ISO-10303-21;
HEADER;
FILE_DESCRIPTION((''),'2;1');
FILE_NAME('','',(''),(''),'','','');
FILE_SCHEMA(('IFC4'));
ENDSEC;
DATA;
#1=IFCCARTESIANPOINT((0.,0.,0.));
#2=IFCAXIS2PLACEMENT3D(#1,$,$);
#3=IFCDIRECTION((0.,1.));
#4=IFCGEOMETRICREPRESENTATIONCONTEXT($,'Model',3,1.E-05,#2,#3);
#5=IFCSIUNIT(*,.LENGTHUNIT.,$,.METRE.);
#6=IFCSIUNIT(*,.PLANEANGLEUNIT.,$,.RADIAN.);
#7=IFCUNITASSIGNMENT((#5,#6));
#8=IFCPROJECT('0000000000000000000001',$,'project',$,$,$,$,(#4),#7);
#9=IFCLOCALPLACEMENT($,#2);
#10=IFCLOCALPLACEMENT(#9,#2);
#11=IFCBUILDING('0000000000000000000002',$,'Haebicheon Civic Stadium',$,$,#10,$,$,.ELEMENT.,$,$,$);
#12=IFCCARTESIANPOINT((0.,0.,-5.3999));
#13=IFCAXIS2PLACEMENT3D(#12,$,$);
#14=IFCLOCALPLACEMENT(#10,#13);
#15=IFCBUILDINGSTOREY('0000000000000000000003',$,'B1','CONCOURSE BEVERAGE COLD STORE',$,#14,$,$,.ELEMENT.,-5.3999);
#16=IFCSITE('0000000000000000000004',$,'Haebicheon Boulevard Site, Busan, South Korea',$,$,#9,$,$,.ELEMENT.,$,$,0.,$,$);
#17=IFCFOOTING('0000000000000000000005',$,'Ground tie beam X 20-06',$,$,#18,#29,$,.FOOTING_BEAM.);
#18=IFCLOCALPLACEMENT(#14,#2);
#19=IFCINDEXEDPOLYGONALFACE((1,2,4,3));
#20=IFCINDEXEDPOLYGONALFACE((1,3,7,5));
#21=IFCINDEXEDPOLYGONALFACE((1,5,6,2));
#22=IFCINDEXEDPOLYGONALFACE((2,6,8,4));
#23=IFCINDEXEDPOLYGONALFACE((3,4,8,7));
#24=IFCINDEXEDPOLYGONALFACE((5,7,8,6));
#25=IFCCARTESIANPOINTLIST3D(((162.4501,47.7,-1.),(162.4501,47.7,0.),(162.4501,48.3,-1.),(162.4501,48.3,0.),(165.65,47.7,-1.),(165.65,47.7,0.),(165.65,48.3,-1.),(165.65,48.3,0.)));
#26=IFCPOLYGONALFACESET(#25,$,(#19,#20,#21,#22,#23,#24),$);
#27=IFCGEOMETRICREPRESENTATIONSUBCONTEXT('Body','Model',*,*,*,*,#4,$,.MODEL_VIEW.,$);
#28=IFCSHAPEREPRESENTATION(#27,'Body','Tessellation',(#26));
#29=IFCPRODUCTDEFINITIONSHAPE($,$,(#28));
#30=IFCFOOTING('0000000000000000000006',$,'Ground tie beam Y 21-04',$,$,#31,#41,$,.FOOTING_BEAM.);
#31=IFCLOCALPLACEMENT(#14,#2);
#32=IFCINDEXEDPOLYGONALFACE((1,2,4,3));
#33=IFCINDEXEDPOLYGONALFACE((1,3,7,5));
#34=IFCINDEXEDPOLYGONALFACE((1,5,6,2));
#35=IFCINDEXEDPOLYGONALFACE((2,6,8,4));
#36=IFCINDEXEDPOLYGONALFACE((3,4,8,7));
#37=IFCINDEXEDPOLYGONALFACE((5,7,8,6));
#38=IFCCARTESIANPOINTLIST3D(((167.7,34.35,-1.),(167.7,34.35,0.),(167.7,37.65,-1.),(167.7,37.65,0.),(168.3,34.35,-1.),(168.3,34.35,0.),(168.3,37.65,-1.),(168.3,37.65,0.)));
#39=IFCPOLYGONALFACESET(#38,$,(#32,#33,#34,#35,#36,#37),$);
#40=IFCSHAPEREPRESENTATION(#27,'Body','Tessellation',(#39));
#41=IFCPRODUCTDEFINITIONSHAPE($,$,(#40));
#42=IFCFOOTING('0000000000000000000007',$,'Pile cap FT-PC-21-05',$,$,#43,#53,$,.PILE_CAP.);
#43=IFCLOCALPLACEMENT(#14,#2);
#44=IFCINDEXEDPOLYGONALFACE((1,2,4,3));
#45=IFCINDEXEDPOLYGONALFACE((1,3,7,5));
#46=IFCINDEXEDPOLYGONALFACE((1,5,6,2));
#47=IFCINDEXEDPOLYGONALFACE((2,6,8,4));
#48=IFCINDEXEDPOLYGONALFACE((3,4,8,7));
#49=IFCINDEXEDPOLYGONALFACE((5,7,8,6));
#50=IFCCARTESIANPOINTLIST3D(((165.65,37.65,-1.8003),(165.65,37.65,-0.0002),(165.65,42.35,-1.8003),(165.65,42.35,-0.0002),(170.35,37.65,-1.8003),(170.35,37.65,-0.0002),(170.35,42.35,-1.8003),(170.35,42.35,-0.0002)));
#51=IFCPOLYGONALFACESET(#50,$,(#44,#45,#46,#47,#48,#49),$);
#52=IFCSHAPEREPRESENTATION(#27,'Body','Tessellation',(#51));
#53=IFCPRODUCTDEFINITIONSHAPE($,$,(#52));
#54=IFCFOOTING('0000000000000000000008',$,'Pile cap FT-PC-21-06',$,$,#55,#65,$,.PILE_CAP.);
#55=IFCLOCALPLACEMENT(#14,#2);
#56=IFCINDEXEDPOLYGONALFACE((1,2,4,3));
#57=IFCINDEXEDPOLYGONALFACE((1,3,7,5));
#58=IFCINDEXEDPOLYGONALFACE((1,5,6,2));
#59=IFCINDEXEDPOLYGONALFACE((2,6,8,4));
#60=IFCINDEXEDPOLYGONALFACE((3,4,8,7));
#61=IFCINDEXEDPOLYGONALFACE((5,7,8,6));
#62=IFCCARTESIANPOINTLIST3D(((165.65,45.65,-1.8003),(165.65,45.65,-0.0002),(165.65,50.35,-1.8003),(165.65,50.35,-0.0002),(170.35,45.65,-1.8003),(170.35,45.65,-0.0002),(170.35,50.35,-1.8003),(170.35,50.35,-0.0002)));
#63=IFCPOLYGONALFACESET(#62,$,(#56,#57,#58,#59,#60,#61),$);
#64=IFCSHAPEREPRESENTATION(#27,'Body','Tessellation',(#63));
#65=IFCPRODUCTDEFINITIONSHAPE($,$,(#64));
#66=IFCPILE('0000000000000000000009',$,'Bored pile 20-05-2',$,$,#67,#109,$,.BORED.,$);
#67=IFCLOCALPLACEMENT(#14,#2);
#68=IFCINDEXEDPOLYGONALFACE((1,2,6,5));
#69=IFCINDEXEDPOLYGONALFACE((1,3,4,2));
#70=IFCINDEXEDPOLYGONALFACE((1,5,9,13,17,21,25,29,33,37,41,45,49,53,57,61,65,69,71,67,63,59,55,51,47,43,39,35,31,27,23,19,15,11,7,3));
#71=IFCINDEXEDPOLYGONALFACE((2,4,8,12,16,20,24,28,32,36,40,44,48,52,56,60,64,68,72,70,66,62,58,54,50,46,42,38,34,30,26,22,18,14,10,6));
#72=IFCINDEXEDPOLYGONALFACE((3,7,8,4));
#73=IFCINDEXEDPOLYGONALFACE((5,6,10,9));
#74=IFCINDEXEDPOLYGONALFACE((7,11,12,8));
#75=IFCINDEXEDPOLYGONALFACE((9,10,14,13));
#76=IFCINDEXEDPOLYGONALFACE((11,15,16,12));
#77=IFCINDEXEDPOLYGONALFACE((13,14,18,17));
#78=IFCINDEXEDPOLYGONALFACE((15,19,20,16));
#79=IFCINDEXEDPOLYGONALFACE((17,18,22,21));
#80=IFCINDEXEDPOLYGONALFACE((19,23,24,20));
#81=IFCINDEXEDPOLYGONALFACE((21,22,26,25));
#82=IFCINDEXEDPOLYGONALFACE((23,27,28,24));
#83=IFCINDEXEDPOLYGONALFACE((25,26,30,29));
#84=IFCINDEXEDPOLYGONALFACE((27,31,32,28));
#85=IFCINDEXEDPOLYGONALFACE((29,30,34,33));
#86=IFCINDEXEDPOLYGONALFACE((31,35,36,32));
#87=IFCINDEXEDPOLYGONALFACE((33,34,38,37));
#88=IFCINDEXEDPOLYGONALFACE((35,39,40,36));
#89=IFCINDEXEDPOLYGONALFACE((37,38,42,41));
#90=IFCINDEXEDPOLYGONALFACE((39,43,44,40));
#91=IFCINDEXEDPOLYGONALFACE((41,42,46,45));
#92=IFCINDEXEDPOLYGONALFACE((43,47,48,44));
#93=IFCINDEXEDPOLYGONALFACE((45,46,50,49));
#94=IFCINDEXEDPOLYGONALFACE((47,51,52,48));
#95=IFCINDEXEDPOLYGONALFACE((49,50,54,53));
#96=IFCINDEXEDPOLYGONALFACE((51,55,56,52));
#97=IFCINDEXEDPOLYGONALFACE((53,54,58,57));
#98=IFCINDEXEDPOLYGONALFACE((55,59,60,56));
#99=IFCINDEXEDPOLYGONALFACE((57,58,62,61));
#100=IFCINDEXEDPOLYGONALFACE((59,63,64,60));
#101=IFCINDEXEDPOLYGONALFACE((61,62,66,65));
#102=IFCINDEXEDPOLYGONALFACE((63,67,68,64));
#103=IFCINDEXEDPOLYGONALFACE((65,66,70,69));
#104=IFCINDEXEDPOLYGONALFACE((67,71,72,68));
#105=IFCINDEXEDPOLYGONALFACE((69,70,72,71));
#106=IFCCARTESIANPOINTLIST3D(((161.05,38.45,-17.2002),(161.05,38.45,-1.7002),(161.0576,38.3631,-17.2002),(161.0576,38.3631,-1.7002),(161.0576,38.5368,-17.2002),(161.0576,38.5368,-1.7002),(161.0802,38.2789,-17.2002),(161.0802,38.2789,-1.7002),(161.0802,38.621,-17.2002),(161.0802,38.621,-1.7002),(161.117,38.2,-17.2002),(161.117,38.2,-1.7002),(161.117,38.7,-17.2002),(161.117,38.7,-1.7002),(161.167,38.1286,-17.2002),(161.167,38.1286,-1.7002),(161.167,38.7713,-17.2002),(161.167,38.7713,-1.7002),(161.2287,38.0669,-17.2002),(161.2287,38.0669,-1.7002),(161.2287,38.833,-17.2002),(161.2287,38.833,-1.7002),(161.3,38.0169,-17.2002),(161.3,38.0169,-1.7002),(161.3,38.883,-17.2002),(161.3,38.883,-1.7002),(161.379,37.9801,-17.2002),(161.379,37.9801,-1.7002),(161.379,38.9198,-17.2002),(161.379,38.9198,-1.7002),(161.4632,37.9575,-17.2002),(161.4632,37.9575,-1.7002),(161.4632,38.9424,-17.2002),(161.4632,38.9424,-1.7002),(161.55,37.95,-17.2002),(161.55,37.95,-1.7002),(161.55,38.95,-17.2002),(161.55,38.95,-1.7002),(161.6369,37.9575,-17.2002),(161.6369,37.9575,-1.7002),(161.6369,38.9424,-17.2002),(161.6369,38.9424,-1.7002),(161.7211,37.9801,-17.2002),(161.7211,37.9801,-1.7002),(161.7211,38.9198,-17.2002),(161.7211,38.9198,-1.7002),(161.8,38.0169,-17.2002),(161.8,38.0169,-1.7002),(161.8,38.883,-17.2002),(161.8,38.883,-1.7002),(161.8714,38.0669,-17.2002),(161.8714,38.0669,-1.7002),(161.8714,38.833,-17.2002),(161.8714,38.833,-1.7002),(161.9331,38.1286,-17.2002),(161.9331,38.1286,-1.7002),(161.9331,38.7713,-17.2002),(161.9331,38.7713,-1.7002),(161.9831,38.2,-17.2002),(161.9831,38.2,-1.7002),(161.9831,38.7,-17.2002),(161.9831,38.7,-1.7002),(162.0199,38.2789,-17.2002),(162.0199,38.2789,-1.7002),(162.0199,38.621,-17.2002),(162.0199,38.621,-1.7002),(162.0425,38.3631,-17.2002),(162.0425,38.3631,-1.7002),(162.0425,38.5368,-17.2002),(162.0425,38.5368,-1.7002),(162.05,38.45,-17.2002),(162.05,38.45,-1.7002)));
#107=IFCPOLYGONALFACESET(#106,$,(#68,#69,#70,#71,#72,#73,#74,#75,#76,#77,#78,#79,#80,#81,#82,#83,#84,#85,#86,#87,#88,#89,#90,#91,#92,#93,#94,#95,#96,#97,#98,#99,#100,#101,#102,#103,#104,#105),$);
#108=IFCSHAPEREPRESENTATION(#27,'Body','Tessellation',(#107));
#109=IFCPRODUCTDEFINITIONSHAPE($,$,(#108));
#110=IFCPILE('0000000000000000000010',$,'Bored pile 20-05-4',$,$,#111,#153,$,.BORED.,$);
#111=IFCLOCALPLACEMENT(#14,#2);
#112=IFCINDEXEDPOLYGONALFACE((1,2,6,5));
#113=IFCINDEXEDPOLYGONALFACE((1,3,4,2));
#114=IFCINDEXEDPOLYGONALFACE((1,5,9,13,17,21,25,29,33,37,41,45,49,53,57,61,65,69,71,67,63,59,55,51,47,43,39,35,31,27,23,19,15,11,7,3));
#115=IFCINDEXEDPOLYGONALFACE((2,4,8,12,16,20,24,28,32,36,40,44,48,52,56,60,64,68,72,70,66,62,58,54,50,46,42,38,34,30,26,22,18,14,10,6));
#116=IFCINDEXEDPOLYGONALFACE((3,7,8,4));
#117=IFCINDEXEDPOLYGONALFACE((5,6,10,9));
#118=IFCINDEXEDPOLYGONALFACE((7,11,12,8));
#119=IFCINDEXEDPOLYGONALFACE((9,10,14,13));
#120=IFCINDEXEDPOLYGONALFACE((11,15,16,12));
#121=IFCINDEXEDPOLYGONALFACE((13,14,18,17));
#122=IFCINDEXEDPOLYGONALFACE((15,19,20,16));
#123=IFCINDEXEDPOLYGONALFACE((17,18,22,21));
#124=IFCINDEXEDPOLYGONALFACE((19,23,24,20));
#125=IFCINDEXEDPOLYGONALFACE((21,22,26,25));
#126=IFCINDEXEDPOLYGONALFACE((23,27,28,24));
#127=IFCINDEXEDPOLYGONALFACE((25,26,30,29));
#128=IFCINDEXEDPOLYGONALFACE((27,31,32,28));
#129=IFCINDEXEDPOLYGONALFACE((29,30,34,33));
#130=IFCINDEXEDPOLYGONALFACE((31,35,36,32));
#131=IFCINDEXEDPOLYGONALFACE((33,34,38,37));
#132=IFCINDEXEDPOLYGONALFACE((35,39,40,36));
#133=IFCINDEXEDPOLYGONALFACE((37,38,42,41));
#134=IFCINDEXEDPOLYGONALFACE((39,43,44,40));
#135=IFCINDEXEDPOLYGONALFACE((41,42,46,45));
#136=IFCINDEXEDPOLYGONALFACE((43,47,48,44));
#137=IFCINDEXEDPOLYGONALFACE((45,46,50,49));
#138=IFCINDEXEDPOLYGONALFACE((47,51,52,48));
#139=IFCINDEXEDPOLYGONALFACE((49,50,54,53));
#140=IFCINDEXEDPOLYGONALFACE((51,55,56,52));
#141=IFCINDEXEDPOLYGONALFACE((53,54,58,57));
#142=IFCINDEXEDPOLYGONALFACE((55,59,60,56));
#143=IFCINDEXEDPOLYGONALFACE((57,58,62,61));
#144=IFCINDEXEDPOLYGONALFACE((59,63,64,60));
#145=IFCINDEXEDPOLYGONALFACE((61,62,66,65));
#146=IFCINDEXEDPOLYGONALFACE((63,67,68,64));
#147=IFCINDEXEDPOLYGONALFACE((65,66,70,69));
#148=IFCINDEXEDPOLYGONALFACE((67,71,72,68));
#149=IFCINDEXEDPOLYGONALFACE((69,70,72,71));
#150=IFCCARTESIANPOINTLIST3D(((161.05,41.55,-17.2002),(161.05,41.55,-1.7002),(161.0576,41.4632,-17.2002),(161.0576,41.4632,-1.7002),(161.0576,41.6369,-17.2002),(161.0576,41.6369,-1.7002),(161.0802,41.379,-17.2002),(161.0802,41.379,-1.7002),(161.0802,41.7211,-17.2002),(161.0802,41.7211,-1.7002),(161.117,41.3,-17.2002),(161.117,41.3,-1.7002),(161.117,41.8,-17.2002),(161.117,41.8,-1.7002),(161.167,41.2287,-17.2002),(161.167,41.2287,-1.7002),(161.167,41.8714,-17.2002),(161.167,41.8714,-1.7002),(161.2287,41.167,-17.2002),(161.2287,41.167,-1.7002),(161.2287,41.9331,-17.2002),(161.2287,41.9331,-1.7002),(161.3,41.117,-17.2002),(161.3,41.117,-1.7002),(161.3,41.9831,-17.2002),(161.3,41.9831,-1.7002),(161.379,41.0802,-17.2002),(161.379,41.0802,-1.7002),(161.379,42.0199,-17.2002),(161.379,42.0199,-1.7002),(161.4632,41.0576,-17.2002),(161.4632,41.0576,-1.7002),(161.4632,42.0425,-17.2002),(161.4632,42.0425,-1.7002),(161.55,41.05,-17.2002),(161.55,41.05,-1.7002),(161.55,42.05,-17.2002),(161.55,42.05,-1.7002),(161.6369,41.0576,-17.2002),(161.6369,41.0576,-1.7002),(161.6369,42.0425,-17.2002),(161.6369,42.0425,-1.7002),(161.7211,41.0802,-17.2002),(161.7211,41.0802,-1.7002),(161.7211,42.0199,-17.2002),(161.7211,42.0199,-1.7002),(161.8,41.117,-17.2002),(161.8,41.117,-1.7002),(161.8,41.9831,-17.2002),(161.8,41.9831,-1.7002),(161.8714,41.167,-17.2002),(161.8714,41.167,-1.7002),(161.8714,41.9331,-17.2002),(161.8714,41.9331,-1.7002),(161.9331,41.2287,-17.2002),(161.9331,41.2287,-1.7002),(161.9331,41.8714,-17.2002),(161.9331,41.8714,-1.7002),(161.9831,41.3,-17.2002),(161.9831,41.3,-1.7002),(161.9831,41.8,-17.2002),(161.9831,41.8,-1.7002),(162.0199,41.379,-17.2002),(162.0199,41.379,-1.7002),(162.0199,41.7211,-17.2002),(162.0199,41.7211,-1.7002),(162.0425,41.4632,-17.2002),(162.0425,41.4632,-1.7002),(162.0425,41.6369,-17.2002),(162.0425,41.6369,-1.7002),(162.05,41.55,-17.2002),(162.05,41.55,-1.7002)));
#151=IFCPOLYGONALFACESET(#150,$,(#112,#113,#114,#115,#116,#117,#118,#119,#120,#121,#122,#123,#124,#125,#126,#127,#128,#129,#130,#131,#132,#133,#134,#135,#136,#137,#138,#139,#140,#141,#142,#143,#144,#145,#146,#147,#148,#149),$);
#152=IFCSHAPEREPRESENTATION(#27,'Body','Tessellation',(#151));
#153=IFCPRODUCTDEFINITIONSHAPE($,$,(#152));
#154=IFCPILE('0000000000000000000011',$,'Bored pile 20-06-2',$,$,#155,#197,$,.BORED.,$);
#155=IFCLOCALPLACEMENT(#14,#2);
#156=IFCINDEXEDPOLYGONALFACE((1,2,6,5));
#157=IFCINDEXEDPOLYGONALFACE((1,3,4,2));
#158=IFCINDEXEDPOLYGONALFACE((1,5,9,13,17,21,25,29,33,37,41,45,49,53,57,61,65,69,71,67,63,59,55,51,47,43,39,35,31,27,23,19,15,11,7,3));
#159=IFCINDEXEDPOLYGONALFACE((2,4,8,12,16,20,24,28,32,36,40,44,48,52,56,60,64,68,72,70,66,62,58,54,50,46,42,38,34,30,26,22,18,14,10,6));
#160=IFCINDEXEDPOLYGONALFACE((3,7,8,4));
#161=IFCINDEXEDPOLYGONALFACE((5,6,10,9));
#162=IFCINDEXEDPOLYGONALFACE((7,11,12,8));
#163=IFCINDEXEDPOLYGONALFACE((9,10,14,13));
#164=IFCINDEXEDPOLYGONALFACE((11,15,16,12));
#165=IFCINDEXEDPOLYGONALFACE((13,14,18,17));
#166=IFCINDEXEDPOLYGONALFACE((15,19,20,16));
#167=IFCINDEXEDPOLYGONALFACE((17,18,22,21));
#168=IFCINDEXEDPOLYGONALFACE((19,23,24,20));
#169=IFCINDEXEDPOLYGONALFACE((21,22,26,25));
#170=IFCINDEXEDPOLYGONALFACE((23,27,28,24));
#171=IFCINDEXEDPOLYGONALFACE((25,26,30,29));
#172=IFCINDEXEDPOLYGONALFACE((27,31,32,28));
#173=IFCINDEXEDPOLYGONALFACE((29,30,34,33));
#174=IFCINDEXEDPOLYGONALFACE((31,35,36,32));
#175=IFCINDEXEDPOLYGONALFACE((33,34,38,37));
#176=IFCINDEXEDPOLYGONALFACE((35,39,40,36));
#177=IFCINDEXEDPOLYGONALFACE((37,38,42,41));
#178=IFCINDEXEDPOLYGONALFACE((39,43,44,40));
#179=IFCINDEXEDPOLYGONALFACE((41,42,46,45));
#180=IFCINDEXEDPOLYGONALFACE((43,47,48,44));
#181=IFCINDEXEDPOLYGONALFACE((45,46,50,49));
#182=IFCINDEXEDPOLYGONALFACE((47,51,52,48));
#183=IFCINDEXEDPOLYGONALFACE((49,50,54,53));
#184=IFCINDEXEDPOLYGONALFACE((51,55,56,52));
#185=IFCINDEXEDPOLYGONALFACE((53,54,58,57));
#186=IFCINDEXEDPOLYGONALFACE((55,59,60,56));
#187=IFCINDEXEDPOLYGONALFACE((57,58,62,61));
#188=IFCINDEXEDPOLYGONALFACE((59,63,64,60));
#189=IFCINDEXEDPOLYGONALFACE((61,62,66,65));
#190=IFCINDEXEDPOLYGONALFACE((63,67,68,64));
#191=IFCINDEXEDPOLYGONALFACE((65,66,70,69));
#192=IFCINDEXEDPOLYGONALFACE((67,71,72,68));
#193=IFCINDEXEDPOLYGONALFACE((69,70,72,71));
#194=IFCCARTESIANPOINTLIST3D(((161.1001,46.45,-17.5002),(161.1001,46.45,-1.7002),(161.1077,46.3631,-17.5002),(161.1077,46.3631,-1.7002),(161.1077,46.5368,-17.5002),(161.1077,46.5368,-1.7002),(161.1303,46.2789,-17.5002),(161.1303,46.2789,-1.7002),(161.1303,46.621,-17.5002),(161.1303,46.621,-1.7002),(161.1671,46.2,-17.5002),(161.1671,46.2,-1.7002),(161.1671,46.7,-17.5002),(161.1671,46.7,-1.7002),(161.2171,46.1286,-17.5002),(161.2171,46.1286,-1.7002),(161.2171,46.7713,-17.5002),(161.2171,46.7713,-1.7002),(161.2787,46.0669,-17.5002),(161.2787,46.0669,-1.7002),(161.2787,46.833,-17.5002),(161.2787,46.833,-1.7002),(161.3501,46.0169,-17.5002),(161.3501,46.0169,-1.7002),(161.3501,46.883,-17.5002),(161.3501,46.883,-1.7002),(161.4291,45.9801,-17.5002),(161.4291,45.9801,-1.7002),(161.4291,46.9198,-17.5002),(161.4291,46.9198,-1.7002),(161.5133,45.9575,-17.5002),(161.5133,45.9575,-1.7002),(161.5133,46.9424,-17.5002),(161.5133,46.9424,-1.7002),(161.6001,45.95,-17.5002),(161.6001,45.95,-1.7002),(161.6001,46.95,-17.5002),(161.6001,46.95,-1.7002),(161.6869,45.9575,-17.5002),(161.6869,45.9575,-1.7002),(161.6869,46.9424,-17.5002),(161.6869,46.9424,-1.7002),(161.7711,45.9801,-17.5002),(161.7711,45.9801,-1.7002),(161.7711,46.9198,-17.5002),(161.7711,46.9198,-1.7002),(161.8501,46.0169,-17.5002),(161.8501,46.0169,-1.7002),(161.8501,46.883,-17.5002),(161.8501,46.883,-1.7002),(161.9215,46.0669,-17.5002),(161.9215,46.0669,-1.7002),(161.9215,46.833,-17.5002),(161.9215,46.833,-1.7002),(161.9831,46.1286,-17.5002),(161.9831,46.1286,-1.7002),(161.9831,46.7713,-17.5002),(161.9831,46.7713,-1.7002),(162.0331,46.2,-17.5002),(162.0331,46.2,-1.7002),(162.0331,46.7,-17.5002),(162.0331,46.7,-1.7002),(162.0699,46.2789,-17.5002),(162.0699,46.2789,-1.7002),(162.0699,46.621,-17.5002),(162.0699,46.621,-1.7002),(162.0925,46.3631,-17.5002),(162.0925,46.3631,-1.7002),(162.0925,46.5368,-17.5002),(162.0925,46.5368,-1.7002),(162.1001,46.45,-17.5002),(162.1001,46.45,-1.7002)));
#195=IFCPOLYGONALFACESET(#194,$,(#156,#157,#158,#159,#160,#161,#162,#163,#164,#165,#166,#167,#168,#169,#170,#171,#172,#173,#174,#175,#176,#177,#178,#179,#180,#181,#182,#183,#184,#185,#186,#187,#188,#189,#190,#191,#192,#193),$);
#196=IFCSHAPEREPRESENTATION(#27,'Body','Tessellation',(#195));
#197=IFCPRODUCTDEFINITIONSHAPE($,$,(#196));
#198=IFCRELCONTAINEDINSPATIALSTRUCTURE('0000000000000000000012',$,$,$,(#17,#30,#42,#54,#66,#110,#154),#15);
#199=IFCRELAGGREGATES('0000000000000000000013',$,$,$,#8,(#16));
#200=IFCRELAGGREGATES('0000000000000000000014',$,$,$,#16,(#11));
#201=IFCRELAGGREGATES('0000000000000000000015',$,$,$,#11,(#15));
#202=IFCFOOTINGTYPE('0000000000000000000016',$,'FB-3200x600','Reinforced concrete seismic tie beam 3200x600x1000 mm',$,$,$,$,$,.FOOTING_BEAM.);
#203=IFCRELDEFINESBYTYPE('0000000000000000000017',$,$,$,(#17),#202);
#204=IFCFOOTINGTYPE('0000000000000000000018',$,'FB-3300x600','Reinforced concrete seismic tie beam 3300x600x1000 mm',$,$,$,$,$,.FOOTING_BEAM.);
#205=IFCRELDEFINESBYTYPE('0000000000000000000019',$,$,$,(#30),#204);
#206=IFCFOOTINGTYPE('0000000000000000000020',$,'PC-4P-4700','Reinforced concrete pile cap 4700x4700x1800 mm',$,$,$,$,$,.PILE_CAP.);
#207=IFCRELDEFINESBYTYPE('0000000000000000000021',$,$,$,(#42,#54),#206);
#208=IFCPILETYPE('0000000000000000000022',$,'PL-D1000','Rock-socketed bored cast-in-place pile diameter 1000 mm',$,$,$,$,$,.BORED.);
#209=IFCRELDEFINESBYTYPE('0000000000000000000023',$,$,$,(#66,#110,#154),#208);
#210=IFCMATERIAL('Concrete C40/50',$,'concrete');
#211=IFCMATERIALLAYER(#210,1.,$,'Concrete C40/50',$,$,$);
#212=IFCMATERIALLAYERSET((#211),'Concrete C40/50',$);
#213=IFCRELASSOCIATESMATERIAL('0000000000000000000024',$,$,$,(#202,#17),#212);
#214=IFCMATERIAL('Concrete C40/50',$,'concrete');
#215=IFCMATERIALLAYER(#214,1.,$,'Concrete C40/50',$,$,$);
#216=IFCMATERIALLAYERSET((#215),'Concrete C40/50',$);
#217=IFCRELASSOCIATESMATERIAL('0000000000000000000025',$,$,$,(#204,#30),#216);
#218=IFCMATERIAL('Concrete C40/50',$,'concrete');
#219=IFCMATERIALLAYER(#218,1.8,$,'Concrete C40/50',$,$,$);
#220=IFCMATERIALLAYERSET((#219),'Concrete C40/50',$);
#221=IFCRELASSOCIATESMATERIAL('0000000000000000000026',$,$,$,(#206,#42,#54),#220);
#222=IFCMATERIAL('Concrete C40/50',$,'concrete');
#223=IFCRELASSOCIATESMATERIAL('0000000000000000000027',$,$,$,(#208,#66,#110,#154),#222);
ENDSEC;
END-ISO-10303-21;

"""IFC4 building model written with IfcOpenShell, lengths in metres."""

from ifc_helpers import new_model, si_unit, direction, frame, origin, origin_2d, place, context, subcontext, project, spatial, rectangle, circle, extrude, material, layer, layer_set, material_profile, profile_set, type_object, element, save


model = new_model("IFC4")

# Units and contexts
model_context = context("Model", 3, precision=1e-05, world=origin(), true_north=direction((0.0, 1.0)))
body_context = subcontext(model_context, "Body", "Model", "MODEL_VIEW")
ifc_project = project(units=[si_unit("LENGTHUNIT", "METRE"), si_unit("PLANEANGLEUNIT", "RADIAN")], contexts=[model_context])

# Site, building, storey
site_placement = place(None, origin())
site = spatial("IfcSite", under=ifc_project, at=site_placement, Name="Haebicheon Boulevard Site, Busan, South Korea", CompositionType="ELEMENT", RefElevation=0.0)
building_placement = place(site_placement, origin())
building = spatial("IfcBuilding", under=site, at=building_placement, Name="Haebicheon Civic Stadium", CompositionType="ELEMENT")
storey_placement = place(building_placement, frame((0.0, 0.0, -5.3999)))
storey = spatial("IfcBuildingStorey", under=building, at=storey_placement, Name="B1", Description="CONCOURSE BEVERAGE COLD STORE", CompositionType="ELEMENT", Elevation=-5.3999)

# Footings
ifc_material_1 = material(Name="Concrete C40/50", Category="concrete")
ifc_layer_1 = layer(ifc_material_1, 1.0, Name="Concrete C40/50")
ifc_layer_set_1 = layer_set([ifc_layer_1], Name="Concrete C40/50")
footing_type_1 = type_object("IfcFootingType", Name="FB-3200x600", Description="Reinforced concrete seismic tie beam 3200x600x1000 mm", PredefinedType="FOOTING_BEAM", material=ifc_layer_set_1)
footing_1_placement = place(storey_placement, frame((164.05, 48.0, -1.0), z_axis=(0.0, 0.0, 1.0), x_axis=(1.0, 0.0, 0.0)))
element("IfcFooting", 1, at=footing_1_placement, inside=storey, type_object=footing_type_1, material=ifc_layer_set_1, Name="Ground tie beam X 20-06", PredefinedType="FOOTING_BEAM", context=body_context, shape_type="SweptSolid", body=[
    extrude(rectangle(XDim=3.2, YDim=0.6001, at=origin_2d()), origin(), (0.0, 0.0, 1.0), 1.0),
])
ifc_material_2 = material(Name="Concrete C40/50", Category="concrete")
ifc_layer_2 = layer(ifc_material_2, 1.0, Name="Concrete C40/50")
ifc_layer_set_2 = layer_set([ifc_layer_2], Name="Concrete C40/50")
footing_type_2 = type_object("IfcFootingType", Name="FB-3300x600", Description="Reinforced concrete seismic tie beam 3300x600x1000 mm", PredefinedType="FOOTING_BEAM", material=ifc_layer_set_2)
footing_2_placement = place(storey_placement, frame((168.0, 36.0, -1.0), z_axis=(0.0, 0.0, 1.0), x_axis=(0.0, 1.0, 0.0)))
element("IfcFooting", 2, at=footing_2_placement, inside=storey, type_object=footing_type_2, material=ifc_layer_set_2, Name="Ground tie beam Y 21-04", PredefinedType="FOOTING_BEAM", context=body_context, shape_type="SweptSolid", body=[
    extrude(rectangle(XDim=3.3, YDim=0.6001, at=origin_2d()), origin(), (0.0, 0.0, 1.0), 1.0),
])
ifc_material_3 = material(Name="Concrete C40/50", Category="concrete")
ifc_layer_3 = layer(ifc_material_3, 1.8, Name="Concrete C40/50")
ifc_layer_set_3 = layer_set([ifc_layer_3], Name="Concrete C40/50")
footing_type_3 = type_object("IfcFootingType", Name="PC-4P-4700", Description="Reinforced concrete pile cap 4700x4700x1800 mm", PredefinedType="PILE_CAP", material=ifc_layer_set_3)
for number, where, z_axis, x_axis, name in (
    (3, (168.0, 40.0, -1.8003), (0.0, 0.0, 1.0), (1.0, 0.0, 0.0), "Pile cap FT-PC-21-05"),
    (4, (168.0, 48.0, -1.8003), (0.0, 0.0, 1.0), (1.0, 0.0, 0.0), "Pile cap FT-PC-21-06"),
):
    element("IfcFooting", number, at=place(storey_placement, frame(where, z_axis=z_axis, x_axis=x_axis)), inside=storey, type_object=footing_type_3, material=ifc_layer_set_3, Name=name, PredefinedType="PILE_CAP", context=body_context, shape_type="SweptSolid", body=[
        extrude(rectangle(XDim=4.7, YDim=4.7, at=origin_2d()), origin(), (0.0, 0.0, 1.0), 1.8),
    ])

# Piles
ifc_material_4 = material(Name="Concrete C40/50", Category="concrete")
ifc_material_profile_1 = material_profile(ifc_material_4, circle(Radius=0.5, at=origin_2d()), Name="PILE-D1000")
ifc_profile_set_1 = profile_set([ifc_material_profile_1], Name="Concrete C40/50")
pile_type = type_object("IfcPileType", Name="PL-D1000", Description="Rock-socketed bored cast-in-place pile diameter 1000 mm", PredefinedType="BORED", material=ifc_profile_set_1)
for number, where, z_axis, x_axis, name in (
    (5, (161.55, 38.45, -1.7002), (0.0, 0.0, -1.0), (1.0, 0.0, 0.0), "Bored pile 20-05-2"),
    (6, (161.55, 41.55, -1.7002), (0.0, 0.0, -1.0), (1.0, 0.0, 0.0), "Bored pile 20-05-4"),
):
    element("IfcPile", number, at=place(storey_placement, frame(where, z_axis=z_axis, x_axis=x_axis)), inside=storey, type_object=pile_type, material=ifc_profile_set_1, Name=name, PredefinedType="BORED", context=body_context, shape_type="SweptSolid", body=[
        extrude(circle(Radius=0.5, at=origin_2d()), origin(), (0.0, 0.0, 1.0), 15.5),
    ])
pile_placement = place(storey_placement, frame((161.6001, 46.45, -1.7002), z_axis=(0.0, 0.0, -1.0), x_axis=(1.0, 0.0, 0.0)))
element("IfcPile", 7, at=pile_placement, inside=storey, type_object=pile_type, material=ifc_profile_set_1, Name="Bored pile 20-06-2", PredefinedType="BORED", context=body_context, shape_type="SweptSolid", body=[
    extrude(circle(Radius=0.5, at=origin_2d()), origin(), (0.0, 0.0, 1.0), 15.8),
])

save(model, "model.ifc")
